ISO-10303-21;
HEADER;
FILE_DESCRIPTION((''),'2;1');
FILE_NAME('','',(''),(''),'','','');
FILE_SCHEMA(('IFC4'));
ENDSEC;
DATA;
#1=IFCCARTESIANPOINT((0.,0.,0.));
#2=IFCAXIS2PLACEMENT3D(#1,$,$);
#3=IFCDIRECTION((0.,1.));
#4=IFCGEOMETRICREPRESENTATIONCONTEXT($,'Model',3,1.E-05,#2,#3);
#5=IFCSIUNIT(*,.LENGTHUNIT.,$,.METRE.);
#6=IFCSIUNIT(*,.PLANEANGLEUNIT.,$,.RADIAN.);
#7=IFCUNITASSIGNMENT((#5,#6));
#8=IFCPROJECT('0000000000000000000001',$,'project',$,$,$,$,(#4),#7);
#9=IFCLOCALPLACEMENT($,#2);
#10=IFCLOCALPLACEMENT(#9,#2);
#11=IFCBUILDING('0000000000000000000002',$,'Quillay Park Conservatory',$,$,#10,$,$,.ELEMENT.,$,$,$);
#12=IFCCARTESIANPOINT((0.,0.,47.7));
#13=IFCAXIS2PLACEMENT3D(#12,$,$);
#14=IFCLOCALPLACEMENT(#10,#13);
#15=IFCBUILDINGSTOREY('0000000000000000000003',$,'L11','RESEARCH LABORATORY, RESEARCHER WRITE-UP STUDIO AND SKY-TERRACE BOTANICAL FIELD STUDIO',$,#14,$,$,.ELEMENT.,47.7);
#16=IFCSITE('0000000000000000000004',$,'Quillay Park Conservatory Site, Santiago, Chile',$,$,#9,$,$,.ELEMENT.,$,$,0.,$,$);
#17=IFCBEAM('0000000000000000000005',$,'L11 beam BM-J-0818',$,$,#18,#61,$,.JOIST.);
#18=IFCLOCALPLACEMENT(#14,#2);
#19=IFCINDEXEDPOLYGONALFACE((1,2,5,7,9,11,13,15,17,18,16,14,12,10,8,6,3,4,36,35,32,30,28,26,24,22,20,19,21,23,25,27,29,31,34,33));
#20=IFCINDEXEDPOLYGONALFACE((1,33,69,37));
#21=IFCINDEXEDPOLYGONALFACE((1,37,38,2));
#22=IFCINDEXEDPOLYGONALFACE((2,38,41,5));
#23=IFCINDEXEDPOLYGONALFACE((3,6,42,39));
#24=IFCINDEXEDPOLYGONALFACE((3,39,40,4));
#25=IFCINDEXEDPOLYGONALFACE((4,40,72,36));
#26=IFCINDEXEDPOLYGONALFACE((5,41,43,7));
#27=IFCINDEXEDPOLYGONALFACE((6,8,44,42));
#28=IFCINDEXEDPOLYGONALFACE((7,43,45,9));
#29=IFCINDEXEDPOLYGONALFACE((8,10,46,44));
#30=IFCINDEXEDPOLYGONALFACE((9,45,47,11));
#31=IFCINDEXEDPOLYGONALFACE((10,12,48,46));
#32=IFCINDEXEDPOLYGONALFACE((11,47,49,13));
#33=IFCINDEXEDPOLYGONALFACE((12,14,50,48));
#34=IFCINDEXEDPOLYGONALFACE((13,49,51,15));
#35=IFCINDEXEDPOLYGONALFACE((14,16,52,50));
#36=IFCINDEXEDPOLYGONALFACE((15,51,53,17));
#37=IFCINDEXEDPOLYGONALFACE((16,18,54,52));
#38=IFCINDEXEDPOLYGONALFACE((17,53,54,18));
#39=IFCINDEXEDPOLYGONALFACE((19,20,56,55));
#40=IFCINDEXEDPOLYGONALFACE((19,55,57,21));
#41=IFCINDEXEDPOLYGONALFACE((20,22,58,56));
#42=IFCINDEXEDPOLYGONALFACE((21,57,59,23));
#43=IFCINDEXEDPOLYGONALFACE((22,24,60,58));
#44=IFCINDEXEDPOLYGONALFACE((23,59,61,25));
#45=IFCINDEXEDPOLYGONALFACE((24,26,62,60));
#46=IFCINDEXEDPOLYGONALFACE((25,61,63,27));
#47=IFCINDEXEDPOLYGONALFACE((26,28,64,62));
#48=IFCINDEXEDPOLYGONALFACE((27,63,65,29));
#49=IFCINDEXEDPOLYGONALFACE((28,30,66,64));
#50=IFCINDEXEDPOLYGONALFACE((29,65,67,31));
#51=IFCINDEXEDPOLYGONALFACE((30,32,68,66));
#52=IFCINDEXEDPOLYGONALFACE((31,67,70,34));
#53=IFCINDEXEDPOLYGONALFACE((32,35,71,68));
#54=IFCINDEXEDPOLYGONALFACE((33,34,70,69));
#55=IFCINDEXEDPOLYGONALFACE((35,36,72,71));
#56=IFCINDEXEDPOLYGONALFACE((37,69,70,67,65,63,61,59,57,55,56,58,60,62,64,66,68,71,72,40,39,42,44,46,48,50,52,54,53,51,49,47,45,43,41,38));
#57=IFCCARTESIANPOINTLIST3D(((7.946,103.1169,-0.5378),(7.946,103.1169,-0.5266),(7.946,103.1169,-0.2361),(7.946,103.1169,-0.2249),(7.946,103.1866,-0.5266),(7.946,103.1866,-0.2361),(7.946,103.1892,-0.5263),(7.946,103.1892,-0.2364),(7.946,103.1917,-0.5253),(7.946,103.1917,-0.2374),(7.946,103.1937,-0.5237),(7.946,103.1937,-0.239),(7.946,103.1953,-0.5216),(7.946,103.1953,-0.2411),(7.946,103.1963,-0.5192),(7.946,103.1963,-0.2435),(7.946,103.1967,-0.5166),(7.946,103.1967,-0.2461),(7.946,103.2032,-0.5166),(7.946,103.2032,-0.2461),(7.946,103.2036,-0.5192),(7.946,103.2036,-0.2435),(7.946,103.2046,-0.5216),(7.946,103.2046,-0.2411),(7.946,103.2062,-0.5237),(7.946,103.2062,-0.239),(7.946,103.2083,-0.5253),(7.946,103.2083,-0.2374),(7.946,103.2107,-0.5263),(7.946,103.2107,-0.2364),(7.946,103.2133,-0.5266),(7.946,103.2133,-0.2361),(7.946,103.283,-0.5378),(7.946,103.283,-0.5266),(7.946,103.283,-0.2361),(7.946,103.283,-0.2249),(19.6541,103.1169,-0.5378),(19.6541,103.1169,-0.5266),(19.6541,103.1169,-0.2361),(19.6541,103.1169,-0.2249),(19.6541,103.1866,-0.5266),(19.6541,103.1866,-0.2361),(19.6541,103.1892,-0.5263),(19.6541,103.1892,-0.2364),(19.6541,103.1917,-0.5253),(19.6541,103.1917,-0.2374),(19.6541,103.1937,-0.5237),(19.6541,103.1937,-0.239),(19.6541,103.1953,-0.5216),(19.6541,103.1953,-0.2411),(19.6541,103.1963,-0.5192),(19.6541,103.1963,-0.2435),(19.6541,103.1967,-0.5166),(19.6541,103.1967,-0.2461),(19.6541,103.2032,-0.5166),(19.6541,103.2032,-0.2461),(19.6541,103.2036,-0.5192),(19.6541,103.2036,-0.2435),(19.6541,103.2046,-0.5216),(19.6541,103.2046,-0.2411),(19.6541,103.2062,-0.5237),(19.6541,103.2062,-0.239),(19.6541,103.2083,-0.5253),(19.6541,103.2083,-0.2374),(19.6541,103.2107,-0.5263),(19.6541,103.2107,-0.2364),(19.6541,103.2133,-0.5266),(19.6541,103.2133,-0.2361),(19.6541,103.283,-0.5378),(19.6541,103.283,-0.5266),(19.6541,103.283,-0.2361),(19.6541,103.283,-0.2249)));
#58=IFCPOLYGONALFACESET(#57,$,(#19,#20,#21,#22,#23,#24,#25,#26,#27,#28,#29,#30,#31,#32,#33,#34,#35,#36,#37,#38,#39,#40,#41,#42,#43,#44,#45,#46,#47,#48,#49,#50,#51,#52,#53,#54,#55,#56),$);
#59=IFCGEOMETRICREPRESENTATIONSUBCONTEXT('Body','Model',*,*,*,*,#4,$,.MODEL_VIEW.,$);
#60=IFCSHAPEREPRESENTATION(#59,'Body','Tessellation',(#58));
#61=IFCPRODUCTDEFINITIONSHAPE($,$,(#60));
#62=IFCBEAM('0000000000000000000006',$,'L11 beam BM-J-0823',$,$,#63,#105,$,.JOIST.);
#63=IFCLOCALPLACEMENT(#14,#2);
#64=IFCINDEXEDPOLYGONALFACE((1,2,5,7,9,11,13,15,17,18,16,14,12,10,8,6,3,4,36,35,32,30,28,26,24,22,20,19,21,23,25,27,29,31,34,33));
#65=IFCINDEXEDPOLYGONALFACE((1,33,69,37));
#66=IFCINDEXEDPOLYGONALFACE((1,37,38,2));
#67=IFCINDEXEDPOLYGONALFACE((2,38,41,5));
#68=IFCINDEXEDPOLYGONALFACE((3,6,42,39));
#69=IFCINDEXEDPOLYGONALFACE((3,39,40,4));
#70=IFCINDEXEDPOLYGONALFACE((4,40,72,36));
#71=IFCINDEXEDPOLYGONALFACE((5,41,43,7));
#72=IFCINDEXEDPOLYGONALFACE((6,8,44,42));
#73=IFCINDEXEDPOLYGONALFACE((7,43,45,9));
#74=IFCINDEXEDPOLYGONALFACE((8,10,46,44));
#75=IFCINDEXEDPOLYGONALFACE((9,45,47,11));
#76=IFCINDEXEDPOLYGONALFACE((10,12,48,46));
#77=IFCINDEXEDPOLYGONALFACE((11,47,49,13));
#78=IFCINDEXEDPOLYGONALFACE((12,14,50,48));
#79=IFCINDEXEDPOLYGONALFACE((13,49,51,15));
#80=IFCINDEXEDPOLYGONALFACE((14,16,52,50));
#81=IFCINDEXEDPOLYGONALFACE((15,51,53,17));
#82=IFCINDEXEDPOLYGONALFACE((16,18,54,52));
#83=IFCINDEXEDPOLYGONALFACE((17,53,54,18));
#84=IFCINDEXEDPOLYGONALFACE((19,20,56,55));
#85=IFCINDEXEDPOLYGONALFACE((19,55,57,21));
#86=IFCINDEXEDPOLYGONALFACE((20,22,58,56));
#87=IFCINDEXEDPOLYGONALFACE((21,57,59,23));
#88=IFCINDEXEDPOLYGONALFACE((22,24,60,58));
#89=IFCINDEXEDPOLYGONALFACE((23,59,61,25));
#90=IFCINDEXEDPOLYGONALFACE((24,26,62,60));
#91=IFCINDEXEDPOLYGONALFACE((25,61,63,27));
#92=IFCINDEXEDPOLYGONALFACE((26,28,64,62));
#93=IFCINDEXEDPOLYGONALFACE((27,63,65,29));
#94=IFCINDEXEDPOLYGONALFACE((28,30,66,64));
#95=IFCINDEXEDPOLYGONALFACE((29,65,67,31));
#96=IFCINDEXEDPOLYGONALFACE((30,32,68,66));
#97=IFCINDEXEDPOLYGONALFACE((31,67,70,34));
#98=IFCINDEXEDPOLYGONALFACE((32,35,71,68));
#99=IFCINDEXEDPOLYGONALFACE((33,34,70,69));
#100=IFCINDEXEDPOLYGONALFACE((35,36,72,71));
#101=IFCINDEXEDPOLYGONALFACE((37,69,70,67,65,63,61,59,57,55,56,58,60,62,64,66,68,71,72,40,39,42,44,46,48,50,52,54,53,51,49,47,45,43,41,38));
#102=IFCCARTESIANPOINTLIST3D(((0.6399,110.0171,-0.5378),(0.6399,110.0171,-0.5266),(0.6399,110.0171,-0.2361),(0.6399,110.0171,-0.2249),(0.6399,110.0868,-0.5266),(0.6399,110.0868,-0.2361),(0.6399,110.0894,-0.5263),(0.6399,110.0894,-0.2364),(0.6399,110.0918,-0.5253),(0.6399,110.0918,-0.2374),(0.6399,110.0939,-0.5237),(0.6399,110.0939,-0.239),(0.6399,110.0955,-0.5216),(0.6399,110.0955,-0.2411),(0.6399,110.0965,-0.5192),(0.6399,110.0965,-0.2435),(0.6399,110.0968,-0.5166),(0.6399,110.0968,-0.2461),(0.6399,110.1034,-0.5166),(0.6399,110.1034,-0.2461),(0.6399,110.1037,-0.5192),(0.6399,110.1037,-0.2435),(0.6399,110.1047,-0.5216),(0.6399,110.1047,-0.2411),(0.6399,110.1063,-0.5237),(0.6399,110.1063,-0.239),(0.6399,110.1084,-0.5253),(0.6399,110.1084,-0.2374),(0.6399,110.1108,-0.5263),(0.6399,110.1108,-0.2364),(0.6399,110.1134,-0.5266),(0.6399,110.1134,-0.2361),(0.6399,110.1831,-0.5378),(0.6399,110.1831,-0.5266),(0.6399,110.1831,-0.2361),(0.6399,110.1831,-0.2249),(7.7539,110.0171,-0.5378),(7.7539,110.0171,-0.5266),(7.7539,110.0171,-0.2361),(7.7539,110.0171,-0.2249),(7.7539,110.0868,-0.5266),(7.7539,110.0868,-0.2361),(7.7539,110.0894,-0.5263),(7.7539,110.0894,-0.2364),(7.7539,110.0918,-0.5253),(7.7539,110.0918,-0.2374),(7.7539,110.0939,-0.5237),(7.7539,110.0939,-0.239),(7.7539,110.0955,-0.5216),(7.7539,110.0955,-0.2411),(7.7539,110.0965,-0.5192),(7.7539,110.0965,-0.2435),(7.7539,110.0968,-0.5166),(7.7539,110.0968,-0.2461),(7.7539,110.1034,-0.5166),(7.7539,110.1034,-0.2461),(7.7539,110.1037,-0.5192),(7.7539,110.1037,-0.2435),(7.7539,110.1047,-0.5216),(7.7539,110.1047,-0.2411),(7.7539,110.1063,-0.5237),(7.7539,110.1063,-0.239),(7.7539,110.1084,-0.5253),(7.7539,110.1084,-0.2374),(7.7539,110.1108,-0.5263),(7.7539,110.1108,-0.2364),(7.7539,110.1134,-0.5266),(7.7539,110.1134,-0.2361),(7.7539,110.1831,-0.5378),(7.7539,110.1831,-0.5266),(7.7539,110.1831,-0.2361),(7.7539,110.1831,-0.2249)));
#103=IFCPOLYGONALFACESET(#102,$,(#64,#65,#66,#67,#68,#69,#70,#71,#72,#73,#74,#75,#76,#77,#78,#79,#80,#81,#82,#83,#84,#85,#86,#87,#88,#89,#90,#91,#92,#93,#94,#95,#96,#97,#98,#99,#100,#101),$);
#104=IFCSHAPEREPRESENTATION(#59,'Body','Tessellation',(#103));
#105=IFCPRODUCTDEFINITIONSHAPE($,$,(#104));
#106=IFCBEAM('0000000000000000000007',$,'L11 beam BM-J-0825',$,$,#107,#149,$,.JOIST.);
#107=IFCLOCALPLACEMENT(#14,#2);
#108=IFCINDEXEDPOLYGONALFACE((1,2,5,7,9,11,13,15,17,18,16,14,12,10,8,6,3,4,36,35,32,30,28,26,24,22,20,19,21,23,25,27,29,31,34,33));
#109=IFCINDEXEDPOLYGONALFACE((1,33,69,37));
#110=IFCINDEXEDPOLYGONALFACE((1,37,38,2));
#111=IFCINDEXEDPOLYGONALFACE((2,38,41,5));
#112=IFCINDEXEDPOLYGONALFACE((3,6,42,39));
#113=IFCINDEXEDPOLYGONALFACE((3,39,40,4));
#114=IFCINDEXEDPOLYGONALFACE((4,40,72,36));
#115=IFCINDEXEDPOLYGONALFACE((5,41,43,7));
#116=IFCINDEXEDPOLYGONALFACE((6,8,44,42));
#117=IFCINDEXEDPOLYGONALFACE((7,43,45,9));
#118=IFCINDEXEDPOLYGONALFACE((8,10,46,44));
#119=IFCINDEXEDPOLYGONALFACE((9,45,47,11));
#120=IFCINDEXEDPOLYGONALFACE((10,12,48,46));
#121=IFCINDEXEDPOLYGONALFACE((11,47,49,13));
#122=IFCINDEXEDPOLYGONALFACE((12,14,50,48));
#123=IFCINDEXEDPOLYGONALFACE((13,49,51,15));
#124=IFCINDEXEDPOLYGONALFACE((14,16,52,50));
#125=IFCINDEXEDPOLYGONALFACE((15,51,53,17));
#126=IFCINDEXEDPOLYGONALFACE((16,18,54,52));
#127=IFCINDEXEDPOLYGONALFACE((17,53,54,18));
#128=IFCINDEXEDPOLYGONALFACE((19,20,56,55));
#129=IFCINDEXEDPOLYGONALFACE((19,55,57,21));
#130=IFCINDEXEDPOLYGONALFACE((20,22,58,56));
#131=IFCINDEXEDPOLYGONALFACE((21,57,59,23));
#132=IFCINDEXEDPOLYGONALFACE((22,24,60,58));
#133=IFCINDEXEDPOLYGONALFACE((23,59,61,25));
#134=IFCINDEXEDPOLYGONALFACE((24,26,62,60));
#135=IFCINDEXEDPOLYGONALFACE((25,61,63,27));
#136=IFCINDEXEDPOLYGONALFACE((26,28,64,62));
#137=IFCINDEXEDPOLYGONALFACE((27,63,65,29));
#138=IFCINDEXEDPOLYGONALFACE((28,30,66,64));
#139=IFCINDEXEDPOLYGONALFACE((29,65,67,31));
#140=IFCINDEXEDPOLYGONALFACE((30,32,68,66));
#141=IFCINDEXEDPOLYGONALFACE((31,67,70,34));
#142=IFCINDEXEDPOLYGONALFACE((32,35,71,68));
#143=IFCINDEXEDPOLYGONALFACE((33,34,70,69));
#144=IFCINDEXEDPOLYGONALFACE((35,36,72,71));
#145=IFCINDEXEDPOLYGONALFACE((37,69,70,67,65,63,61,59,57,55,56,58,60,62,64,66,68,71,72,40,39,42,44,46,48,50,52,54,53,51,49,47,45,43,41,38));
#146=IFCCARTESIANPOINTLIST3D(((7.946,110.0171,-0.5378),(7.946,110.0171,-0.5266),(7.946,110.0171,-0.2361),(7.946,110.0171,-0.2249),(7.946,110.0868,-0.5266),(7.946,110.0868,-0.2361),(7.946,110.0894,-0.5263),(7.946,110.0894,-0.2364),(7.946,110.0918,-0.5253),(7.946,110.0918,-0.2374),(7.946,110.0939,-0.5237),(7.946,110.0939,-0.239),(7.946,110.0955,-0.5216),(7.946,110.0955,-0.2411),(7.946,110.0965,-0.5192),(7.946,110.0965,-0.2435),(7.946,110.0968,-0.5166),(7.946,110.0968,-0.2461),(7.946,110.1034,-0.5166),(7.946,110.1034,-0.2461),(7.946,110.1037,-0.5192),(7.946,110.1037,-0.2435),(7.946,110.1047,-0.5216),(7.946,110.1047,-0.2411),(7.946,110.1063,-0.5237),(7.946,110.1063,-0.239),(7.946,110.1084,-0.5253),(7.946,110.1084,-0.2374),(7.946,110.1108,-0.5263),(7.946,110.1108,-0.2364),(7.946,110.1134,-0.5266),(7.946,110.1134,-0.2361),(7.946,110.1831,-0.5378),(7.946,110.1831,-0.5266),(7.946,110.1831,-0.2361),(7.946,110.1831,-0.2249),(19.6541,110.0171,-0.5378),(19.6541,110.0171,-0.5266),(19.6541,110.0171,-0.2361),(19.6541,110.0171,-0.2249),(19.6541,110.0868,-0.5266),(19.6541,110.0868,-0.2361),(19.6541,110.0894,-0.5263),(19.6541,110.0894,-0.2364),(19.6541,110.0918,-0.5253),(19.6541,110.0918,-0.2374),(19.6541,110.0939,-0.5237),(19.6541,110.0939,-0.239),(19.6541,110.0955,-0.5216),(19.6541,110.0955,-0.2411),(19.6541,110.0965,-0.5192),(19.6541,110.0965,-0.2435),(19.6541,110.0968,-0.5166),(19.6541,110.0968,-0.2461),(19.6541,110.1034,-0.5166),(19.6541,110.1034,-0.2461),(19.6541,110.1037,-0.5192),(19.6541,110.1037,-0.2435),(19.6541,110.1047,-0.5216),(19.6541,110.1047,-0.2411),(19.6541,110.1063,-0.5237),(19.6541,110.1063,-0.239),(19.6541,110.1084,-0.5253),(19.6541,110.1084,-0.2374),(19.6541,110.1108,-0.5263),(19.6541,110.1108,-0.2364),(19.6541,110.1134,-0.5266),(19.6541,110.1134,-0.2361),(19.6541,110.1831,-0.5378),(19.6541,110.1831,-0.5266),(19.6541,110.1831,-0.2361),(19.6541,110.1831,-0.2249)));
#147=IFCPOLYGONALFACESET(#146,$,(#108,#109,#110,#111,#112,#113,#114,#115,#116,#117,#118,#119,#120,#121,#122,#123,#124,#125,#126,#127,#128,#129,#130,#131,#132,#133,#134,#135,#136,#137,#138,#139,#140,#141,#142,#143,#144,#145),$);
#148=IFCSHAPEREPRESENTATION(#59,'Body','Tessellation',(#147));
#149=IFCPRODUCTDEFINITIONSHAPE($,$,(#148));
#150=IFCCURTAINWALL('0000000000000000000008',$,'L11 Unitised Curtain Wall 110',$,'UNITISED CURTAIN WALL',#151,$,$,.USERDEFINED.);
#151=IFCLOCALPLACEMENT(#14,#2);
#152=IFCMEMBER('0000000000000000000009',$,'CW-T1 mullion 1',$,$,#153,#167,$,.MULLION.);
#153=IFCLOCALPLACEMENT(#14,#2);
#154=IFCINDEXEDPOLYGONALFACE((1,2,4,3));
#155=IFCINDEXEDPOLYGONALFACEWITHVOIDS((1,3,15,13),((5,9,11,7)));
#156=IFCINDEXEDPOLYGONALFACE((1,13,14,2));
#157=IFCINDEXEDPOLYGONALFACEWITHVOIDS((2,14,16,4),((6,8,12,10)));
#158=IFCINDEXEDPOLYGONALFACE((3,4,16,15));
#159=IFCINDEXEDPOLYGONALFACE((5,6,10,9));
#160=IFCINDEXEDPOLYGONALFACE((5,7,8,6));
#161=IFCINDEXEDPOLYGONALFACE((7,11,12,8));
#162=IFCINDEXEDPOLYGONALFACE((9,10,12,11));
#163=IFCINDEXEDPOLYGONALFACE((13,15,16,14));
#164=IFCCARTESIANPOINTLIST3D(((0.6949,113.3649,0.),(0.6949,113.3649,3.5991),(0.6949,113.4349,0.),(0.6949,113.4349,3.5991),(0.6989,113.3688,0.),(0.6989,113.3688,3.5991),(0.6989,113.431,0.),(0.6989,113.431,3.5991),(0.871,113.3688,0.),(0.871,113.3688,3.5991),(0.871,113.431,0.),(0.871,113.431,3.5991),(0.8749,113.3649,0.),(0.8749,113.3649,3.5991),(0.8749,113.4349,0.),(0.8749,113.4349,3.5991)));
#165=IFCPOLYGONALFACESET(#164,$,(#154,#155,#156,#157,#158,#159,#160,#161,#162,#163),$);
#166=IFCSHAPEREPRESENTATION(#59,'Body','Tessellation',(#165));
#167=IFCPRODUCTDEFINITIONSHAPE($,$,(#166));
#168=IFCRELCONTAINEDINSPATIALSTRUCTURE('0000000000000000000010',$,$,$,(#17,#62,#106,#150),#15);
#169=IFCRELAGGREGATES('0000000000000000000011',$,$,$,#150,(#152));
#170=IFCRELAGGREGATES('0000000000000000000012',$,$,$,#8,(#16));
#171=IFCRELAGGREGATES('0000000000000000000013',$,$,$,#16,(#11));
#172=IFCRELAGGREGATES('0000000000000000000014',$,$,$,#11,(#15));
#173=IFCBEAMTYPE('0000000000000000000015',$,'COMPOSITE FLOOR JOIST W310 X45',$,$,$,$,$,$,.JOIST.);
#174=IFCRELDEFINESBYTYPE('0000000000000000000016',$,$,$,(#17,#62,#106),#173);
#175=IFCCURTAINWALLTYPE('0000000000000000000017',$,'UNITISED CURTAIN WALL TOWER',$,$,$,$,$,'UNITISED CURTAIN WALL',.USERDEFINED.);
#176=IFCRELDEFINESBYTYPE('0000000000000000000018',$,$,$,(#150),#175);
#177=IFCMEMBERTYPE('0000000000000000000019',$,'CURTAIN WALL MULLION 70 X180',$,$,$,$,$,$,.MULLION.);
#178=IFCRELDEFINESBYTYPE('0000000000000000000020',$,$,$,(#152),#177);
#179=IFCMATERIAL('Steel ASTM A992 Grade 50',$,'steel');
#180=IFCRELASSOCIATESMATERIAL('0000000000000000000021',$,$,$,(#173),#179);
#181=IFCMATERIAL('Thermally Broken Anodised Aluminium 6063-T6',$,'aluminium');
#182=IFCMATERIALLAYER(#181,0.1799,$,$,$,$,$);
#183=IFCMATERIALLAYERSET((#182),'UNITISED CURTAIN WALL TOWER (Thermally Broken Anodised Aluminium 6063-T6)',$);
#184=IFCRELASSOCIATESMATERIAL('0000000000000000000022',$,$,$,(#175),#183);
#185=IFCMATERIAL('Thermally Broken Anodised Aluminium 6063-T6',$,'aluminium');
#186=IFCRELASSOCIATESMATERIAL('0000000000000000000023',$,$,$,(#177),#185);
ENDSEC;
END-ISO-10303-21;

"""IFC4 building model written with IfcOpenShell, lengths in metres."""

from ifc_helpers import new_model, si_unit, direction, frame, origin, origin_2d, place, context, subcontext, project, spatial, hollow_rectangle, i_section, extrude, material, layer, layer_set, material_profile, profile_set, type_object, element, aggregate, save


model = new_model("IFC4")

# Units and contexts
model_context = context("Model", 3, precision=1e-05, world=origin(), true_north=direction((0.0, 1.0)))
body_context = subcontext(model_context, "Body", "Model", "MODEL_VIEW")
ifc_project = project(units=[si_unit("LENGTHUNIT", "METRE"), si_unit("PLANEANGLEUNIT", "RADIAN")], contexts=[model_context])

# Site, building, storey
site_placement = place(None, origin())
site = spatial("IfcSite", under=ifc_project, at=site_placement, Name="Quillay Park Conservatory Site, Santiago, Chile", CompositionType="ELEMENT", RefElevation=0.0)
building_placement = place(site_placement, origin())
building = spatial("IfcBuilding", under=site, at=building_placement, Name="Quillay Park Conservatory", CompositionType="ELEMENT")
storey_placement = place(building_placement, frame((0.0, 0.0, 47.7)))
storey = spatial("IfcBuildingStorey", under=building, at=storey_placement, Name="L11", Description="RESEARCH LABORATORY, RESEARCHER WRITE-UP STUDIO AND SKY-TERRACE BOTANICAL FIELD STUDIO", CompositionType="ELEMENT", Elevation=47.7)

# Beams
ifc_material_1 = material(Name="Steel ASTM A992 Grade 50", Category="steel")
ifc_material_profile_1 = material_profile(ifc_material_1, i_section(OverallWidth=0.166, OverallDepth=0.313, WebThickness=0.0066, FlangeThickness=0.0112, FilletRadius=0.01, at=origin_2d()), Name="W310x45")
ifc_profile_set_1 = profile_set([ifc_material_profile_1], Name="Steel ASTM A992 Grade 50")
beam_type_1 = type_object("IfcBeamType", Name="COMPOSITE FLOOR JOIST W310 X45", PredefinedType="JOIST", material=ifc_profile_set_1)
beam_1_placement = place(storey_placement, frame((7.946, 103.2, -0.3813), z_axis=(1.0, 0.0, 0.0), x_axis=(0.0, 1.0, 0.0)))
element("IfcBeam", 1, at=beam_1_placement, inside=storey, type_object=beam_type_1, Name="L11 beam BM-J-0818", PredefinedType="JOIST", context=body_context, shape_type="SweptSolid", body=[
    extrude(i_section(OverallWidth=0.166, OverallDepth=0.313, WebThickness=0.0066, FlangeThickness=0.0112, FilletRadius=0.01, at=origin_2d()), origin(), (0.0, 0.0, 1.0), 11.708),
])
beam_2_placement = place(storey_placement, frame((0.6399, 110.1001, -0.3813), z_axis=(1.0, 0.0, 0.0), x_axis=(0.0, 1.0, 0.0)))
element("IfcBeam", 2, at=beam_2_placement, inside=storey, type_object=beam_type_1, Name="L11 beam BM-J-0823", PredefinedType="JOIST", context=body_context, shape_type="SweptSolid", body=[
    extrude(i_section(OverallWidth=0.166, OverallDepth=0.313, WebThickness=0.0066, FlangeThickness=0.0112, FilletRadius=0.01, at=origin_2d()), origin(), (0.0, 0.0, 1.0), 7.114),
])
beam_3_placement = place(storey_placement, frame((7.946, 110.1001, -0.3813), z_axis=(1.0, 0.0, 0.0), x_axis=(0.0, 1.0, 0.0)))
element("IfcBeam", 3, at=beam_3_placement, inside=storey, type_object=beam_type_1, Name="L11 beam BM-J-0825", PredefinedType="JOIST", context=body_context, shape_type="SweptSolid", body=[
    extrude(i_section(OverallWidth=0.166, OverallDepth=0.313, WebThickness=0.0066, FlangeThickness=0.0112, FilletRadius=0.01, at=origin_2d()), origin(), (0.0, 0.0, 1.0), 11.708),
])

# Curtain wall, member
ifc_material_2 = material(Name="Thermally Broken Anodised Aluminium 6063-T6", Category="aluminium")
ifc_layer_1 = layer(ifc_material_2, 0.1799)
ifc_layer_set_1 = layer_set([ifc_layer_1], Name="UNITISED CURTAIN WALL TOWER (Thermally Broken Anodised Aluminium 6063-T6)")
curtain_wall_type = type_object("IfcCurtainWallType", Name="UNITISED CURTAIN WALL TOWER", ElementType="UNITISED CURTAIN WALL", PredefinedType="USERDEFINED", material=ifc_layer_set_1)
curtain_wall_placement = place(storey_placement, origin())
curtain_wall = element("IfcCurtainWall", 4, at=curtain_wall_placement, inside=storey, type_object=curtain_wall_type, Name="L11 Unitised Curtain Wall 110", ObjectType="UNITISED CURTAIN WALL", PredefinedType="USERDEFINED")
ifc_material_3 = material(Name="Thermally Broken Anodised Aluminium 6063-T6", Category="aluminium")
ifc_material_profile_2 = material_profile(ifc_material_3, hollow_rectangle(XDim=0.0701, YDim=0.1799, WallThickness=0.0039, at=origin_2d()), Name="AL70x180x4")
ifc_profile_set_2 = profile_set([ifc_material_profile_2], Name="Thermally Broken Anodised Aluminium 6063-T6")
member_type = type_object("IfcMemberType", Name="CURTAIN WALL MULLION 70 X180", PredefinedType="MULLION", material=ifc_profile_set_2)
member_placement = place(storey_placement, frame((0.7849, 113.3999, 0.0), z_axis=(0.0, 0.0, 1.0), x_axis=(0.0, 1.0, 0.0)))
member = element("IfcMember", 5, at=member_placement, type_object=member_type, Name="CW-T1 mullion 1", PredefinedType="MULLION", context=body_context, shape_type="SweptSolid", body=[
    extrude(hollow_rectangle(XDim=0.0701, YDim=0.1799, WallThickness=0.0039, at=origin_2d()), origin(), (0.0, 0.0, 1.0), 3.5991),
])
aggregate(curtain_wall, [member])

save(model, "model.ifc")
